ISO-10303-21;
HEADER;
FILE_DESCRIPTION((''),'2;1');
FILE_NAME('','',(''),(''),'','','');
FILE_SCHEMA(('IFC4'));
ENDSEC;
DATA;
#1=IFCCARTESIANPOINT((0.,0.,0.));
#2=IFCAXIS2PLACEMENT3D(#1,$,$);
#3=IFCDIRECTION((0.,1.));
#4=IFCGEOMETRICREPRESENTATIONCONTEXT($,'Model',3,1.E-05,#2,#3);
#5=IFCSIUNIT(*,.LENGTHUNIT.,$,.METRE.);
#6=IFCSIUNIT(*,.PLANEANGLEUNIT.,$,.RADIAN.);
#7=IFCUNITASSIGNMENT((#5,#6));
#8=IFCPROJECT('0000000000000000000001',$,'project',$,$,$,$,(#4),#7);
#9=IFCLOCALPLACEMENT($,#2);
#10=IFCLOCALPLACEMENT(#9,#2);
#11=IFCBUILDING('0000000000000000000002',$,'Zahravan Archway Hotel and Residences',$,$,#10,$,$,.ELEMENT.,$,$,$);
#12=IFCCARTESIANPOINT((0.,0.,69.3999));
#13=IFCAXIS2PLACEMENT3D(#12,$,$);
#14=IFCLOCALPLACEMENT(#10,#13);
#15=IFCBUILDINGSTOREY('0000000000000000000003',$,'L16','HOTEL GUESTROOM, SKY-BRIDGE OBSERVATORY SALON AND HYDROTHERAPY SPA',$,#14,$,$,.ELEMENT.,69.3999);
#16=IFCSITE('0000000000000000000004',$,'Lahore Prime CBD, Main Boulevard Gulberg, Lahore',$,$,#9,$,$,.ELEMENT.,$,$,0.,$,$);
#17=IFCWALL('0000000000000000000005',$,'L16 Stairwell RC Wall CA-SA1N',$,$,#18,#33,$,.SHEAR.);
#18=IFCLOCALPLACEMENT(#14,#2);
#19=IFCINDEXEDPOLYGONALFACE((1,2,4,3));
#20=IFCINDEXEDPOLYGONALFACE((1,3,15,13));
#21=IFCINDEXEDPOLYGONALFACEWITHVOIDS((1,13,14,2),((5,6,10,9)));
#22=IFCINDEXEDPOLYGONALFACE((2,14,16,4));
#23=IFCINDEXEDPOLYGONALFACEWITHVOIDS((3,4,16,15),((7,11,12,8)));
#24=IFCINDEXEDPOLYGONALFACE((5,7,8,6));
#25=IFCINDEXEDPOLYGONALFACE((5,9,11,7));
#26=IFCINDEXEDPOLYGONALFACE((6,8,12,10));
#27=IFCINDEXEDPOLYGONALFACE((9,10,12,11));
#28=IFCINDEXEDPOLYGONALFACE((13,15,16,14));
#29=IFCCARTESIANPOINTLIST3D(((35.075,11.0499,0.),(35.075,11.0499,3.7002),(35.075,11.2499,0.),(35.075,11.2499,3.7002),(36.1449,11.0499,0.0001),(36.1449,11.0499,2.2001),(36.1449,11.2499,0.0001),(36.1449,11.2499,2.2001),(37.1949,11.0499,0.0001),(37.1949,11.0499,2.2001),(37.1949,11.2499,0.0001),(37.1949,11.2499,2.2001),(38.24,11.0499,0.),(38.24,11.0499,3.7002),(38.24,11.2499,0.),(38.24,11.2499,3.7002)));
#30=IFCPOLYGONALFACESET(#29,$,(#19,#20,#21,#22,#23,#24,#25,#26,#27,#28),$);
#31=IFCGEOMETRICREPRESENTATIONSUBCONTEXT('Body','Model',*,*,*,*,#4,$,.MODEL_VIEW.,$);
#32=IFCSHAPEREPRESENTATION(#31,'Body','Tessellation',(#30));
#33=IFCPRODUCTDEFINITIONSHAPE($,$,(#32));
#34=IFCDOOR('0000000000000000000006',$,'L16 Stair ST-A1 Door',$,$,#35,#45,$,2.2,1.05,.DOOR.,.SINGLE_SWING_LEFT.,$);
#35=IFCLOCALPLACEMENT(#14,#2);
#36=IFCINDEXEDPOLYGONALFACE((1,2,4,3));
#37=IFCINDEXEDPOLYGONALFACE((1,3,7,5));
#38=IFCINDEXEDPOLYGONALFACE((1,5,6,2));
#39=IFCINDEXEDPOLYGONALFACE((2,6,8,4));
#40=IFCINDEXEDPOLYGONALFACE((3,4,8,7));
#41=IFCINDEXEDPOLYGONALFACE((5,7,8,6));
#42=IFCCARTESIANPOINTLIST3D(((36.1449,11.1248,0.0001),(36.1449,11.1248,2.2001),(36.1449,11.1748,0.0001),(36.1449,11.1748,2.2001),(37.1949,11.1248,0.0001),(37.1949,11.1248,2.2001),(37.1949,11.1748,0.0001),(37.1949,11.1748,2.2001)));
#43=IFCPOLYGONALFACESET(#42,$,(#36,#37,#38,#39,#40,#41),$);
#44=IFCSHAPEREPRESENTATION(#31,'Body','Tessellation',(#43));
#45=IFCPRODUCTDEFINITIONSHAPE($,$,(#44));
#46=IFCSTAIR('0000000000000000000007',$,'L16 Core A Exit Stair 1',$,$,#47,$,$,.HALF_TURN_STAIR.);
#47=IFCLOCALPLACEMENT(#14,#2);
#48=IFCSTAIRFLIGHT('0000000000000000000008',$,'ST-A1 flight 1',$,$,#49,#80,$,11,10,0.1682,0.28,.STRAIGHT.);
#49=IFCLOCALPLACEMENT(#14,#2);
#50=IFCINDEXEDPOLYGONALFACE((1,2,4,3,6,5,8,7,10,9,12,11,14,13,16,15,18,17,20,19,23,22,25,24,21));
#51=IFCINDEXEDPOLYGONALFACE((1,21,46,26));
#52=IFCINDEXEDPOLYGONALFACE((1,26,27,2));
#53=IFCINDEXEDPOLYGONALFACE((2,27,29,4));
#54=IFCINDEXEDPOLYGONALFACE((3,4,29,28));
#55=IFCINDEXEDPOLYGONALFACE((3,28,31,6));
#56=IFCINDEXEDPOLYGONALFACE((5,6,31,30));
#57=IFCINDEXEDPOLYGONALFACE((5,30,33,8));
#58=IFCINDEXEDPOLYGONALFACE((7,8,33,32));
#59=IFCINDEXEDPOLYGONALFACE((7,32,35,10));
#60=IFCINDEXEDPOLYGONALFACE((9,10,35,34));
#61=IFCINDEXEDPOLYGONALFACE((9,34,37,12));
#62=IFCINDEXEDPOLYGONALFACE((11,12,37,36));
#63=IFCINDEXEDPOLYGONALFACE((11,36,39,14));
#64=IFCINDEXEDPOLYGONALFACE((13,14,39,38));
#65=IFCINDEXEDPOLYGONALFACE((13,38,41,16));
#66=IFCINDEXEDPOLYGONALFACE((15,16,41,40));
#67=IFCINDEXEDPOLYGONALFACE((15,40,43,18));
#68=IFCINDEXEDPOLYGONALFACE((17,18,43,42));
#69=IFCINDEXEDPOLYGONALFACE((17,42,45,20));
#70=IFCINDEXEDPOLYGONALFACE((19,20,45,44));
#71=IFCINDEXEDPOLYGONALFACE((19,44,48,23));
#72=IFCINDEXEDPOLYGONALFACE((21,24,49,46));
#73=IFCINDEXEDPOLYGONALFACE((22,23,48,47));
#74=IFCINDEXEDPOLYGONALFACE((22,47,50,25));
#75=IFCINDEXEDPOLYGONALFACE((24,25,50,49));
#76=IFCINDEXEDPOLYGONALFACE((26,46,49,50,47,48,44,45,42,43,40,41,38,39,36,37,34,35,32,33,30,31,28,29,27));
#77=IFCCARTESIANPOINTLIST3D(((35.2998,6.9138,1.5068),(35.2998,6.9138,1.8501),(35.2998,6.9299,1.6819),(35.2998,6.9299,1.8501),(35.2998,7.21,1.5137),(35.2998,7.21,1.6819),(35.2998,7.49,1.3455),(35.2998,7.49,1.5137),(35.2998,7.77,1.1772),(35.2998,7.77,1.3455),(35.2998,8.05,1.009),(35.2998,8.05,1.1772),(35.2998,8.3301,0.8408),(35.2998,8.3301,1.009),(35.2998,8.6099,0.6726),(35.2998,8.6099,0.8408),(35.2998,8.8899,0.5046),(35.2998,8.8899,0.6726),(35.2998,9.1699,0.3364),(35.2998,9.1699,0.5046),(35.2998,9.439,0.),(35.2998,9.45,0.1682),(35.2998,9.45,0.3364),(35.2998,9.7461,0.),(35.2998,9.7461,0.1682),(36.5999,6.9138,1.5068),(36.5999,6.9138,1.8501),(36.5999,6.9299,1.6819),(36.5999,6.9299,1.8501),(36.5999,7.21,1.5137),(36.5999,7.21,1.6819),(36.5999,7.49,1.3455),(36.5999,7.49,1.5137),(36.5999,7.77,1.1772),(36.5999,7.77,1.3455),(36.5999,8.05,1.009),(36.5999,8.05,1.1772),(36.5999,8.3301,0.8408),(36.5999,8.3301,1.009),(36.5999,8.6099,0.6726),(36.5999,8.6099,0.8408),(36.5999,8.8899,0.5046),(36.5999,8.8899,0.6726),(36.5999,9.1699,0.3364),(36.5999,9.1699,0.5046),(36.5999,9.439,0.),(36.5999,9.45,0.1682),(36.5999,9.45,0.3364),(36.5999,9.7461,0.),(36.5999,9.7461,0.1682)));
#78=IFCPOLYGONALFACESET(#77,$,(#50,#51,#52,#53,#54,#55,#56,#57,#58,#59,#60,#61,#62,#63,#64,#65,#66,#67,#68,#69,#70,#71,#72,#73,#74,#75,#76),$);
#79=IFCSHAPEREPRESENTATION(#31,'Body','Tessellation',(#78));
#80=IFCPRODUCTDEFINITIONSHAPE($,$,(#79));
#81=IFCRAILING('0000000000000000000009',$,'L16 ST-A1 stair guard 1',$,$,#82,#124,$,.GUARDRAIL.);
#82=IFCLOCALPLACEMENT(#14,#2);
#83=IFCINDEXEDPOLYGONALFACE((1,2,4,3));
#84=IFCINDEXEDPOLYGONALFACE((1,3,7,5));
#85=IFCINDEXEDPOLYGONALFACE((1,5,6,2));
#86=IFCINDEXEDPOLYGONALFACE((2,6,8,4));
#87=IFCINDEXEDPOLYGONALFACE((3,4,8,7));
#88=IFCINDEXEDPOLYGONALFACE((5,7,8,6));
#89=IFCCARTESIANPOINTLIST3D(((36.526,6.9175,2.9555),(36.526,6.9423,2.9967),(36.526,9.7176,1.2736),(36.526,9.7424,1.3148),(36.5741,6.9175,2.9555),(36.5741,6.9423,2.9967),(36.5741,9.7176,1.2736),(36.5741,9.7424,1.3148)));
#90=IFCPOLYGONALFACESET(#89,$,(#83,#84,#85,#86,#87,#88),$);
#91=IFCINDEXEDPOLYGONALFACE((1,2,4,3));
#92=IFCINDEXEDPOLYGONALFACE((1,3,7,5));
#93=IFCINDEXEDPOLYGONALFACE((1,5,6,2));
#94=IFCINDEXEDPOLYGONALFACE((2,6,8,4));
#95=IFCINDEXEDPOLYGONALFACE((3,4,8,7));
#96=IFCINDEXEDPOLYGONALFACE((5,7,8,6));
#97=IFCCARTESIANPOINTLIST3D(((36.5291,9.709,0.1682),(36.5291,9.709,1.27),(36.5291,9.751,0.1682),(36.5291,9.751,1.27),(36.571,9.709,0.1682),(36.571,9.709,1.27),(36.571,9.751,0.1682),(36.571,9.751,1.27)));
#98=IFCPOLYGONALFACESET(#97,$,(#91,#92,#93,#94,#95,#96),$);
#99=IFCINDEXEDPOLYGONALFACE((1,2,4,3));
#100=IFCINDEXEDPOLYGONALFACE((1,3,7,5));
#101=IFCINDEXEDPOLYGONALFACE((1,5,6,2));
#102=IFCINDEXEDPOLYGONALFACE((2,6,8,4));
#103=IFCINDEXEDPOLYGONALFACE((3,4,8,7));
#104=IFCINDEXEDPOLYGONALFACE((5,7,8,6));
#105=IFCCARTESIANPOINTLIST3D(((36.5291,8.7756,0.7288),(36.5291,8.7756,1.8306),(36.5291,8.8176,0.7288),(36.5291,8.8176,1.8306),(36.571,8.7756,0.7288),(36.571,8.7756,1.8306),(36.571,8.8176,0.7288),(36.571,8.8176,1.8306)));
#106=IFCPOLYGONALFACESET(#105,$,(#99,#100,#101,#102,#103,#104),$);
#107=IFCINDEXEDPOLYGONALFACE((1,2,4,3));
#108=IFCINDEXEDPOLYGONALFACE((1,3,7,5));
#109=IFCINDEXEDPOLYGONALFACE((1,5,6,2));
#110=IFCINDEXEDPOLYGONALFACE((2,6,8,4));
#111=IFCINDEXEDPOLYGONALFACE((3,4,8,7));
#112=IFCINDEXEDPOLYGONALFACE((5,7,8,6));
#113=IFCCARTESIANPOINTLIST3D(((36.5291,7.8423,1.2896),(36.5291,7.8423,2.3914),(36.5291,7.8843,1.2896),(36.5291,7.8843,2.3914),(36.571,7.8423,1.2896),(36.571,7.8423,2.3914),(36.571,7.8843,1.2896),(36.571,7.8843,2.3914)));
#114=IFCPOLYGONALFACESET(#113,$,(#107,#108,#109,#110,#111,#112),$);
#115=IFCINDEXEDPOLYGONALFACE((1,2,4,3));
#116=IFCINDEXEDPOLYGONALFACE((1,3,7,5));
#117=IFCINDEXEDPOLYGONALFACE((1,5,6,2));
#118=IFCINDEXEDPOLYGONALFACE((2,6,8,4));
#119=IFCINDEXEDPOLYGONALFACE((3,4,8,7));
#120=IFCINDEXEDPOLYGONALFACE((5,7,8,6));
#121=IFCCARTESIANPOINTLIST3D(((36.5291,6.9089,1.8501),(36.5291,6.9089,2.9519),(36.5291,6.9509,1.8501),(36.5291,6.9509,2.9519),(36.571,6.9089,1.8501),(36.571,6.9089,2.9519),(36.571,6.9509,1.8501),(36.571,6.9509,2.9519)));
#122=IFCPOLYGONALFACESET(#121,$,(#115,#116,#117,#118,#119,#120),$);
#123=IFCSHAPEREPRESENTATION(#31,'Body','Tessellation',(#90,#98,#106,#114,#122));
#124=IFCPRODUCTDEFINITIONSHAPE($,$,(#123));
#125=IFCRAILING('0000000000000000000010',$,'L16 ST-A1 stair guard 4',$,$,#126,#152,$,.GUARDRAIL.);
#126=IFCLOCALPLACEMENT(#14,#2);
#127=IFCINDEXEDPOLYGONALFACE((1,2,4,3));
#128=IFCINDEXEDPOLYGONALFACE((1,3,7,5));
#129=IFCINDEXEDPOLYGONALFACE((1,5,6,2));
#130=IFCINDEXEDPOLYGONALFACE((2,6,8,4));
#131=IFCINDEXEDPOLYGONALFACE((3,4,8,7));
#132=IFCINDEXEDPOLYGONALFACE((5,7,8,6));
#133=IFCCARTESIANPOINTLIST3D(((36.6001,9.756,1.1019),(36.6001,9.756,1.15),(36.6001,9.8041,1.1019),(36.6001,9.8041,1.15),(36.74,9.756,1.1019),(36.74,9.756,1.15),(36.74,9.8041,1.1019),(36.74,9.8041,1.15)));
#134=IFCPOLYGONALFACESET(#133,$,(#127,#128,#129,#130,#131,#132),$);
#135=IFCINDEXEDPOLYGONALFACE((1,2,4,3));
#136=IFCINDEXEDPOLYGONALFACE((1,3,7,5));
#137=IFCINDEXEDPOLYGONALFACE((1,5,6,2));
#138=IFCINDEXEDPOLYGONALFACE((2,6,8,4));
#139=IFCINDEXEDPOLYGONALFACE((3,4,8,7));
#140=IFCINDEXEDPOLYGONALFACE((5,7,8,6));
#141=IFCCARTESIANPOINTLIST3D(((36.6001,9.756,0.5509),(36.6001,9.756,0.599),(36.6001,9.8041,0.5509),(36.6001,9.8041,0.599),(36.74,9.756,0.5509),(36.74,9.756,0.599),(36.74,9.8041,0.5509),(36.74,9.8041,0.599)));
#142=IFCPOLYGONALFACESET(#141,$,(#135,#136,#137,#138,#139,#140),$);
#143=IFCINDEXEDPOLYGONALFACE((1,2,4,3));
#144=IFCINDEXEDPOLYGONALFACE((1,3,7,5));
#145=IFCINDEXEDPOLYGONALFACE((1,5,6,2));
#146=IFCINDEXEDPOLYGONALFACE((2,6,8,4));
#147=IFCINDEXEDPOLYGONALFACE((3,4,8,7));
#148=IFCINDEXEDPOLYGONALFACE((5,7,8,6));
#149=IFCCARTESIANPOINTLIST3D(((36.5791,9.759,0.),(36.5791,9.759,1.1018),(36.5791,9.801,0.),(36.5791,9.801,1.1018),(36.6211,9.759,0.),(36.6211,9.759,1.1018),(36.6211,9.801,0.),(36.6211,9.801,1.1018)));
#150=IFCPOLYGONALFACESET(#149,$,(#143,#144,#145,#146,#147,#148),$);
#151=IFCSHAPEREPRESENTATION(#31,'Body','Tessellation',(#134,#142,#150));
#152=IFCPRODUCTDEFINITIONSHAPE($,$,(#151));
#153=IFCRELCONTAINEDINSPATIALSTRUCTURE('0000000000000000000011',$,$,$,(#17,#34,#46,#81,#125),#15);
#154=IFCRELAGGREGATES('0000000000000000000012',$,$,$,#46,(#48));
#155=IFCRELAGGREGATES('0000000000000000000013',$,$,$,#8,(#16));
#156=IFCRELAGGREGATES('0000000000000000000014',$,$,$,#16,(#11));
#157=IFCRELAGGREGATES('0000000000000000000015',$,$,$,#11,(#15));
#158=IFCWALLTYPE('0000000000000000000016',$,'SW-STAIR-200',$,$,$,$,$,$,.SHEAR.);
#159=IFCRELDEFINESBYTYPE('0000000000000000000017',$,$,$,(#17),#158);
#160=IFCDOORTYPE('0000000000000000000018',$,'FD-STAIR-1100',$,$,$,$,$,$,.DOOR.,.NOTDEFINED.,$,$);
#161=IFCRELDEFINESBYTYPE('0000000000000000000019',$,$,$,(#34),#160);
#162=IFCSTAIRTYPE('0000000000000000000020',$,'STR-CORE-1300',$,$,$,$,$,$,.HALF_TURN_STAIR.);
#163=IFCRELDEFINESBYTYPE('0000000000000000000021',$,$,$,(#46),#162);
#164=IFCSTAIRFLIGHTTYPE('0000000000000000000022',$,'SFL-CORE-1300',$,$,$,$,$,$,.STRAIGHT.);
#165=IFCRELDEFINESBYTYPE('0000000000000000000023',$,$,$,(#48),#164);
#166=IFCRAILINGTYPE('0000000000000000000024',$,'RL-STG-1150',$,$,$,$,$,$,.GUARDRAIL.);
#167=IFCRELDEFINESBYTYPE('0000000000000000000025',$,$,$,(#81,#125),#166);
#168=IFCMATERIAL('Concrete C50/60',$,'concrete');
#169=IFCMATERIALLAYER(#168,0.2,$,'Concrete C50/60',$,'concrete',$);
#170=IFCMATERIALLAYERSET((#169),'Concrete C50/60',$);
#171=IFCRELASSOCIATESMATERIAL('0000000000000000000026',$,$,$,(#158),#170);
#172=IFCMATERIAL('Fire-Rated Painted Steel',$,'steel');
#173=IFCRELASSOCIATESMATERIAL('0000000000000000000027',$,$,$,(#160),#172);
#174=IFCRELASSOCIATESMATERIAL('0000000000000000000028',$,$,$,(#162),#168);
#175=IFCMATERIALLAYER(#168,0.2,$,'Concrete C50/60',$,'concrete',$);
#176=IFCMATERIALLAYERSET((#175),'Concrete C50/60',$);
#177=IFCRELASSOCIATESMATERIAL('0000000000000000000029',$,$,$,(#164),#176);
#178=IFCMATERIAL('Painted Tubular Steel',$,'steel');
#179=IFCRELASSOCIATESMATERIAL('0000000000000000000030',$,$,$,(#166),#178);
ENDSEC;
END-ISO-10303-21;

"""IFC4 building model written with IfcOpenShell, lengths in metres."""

from ifc_helpers import new_model, si_unit, direction, frame, frame_2d, origin, origin_2d, place, context, subcontext, project, spatial, polyline, rectangle, outline, extrude, source, transform, mapped, material, layer, layer_set, type_object, type_shapes, element, fill, aggregate, save


model = new_model("IFC4")

# Units and contexts
model_context = context("Model", 3, precision=1e-05, world=origin(), true_north=direction((0.0, 1.0)))
body_context = subcontext(model_context, "Body", "Model", "MODEL_VIEW")
ifc_project = project(units=[si_unit("LENGTHUNIT", "METRE"), si_unit("PLANEANGLEUNIT", "RADIAN")], contexts=[model_context])

# Site, building, storey
site_placement = place(None, origin())
site = spatial("IfcSite", under=ifc_project, at=site_placement, Name="Lahore Prime CBD, Main Boulevard Gulberg, Lahore", CompositionType="ELEMENT", RefElevation=0.0)
building_placement = place(site_placement, origin())
building = spatial("IfcBuilding", under=site, at=building_placement, Name="Zahravan Archway Hotel and Residences", CompositionType="ELEMENT")
storey_placement = place(building_placement, frame((0.0, 0.0, 69.3999)))
storey = spatial("IfcBuildingStorey", under=building, at=storey_placement, Name="L16", Description="HOTEL GUESTROOM, SKY-BRIDGE OBSERVATORY SALON AND HYDROTHERAPY SPA", CompositionType="ELEMENT", Elevation=69.3999)

# Shared definitions
ifc_material_1 = material(Name="Fire-Rated Painted Steel", Category="steel")

# Wall, opening, door
ifc_material_2 = material(Name="Concrete C50/60", Category="concrete")
ifc_layer_1 = layer(ifc_material_2, 0.2, Name="Concrete C50/60", Category="concrete")
ifc_layer_set_1 = layer_set([ifc_layer_1], Name="Concrete C50/60")
wall_type_1 = type_object("IfcWallType", Name="SW-STAIR-200", PredefinedType="SHEAR", material=ifc_layer_set_1)
wall_1_placement = place(storey_placement, frame((35.075, 11.1499, 0.0), z_axis=(0.0, 0.0, 1.0), x_axis=(1.0, 0.0, 0.0)))
wall_1 = element("IfcWall", 1, at=wall_1_placement, inside=storey, type_object=wall_type_1, Name="L16 Stairwell RC Wall CA-SA1N", PredefinedType="SHEAR", context=body_context, shape_type="SweptSolid", body=[
    extrude(rectangle(XDim=3.165, YDim=0.2, at=frame_2d((1.5825, 0.0))), origin(), (0.0, 0.0, 1.0), 3.7002),
])
opening_1_placement = place(wall_1_placement, frame((1.0701, 0.0, 0.0)))
opening_1 = element("IfcOpeningElement", 2, at=opening_1_placement, cuts=wall_1, PredefinedType="OPENING", context=body_context, shape_type="SweptSolid", body=[
    extrude(rectangle(XDim=1.05, YDim=2.2, at=frame_2d((0.5249, 1.1001))), frame((0.0, 0.1099, 0.0), z_axis=(0.0, -1.0, 0.0), x_axis=(1.0, 0.0, 0.0)), (0.0, 0.0, 1.0), 0.22),
])
door_type_1 = type_object("IfcDoorType", Name="FD-STAIR-1100", OperationType="NOTDEFINED", PredefinedType="DOOR", material=ifc_material_1)
shared_shape_1 = source(origin(), body_context, "Body", "SweptSolid", [
    extrude(rectangle(XDim=1.05, YDim=2.2, at=frame_2d((0.5249, 1.1001))), frame((0.0, 0.0249, 0.0), z_axis=(0.0, -1.0, 0.0), x_axis=(1.0, 0.0, 0.0)), (0.0, 0.0, 1.0), 0.05),
])
type_shapes(door_type_1, [shared_shape_1])
door_1_placement = place(opening_1_placement, origin())
door_1 = element("IfcDoor", 3, at=door_1_placement, inside=storey, type_object=door_type_1, Name="L16 Stair ST-A1 Door", OperationType="SINGLE_SWING_LEFT", OverallHeight=2.2, OverallWidth=1.05, PredefinedType="DOOR", context=body_context, shape_type="MappedRepresentation", body=[
    mapped(shared_shape_1, transform((0.0, 0.0, 0.0), scale=1.0)),
])
fill(opening_1, door_1)

# Stair, stair flight
stair_type = type_object("IfcStairType", Name="STR-CORE-1300", PredefinedType="HALF_TURN_STAIR", material=ifc_material_2)
stair_placement = place(storey_placement, origin())
stair = element("IfcStair", 4, at=stair_placement, inside=storey, type_object=stair_type, Name="L16 Core A Exit Stair 1", PredefinedType="HALF_TURN_STAIR")
ifc_layer_2 = layer(ifc_material_2, 0.2, Name="Concrete C50/60", Category="concrete")
ifc_layer_set_2 = layer_set([ifc_layer_2], Name="Concrete C50/60")
stair_flight_type = type_object("IfcStairFlightType", Name="SFL-CORE-1300", PredefinedType="STRAIGHT", material=ifc_layer_set_2)
shared_shape_2 = source(origin(), body_context, "Body", "SweptSolid", [
    extrude(outline(polyline([(-0.0161, 0.0), (-0.0161, 0.1682), (0.28, 0.1682), (0.28, 0.3364), (0.5601, 0.3364), (0.5601, 0.5046), (0.8401, 0.5046), (0.8401, 0.6726), (1.1201, 0.6726), (1.1201, 0.8408), (1.3999, 0.8408), (1.3999, 1.009), (1.6799, 1.009), (1.6799, 1.1772), (1.96, 1.1772), (1.96, 1.3455), (2.24, 1.3455), (2.24, 1.5137), (2.52, 1.5137), (2.52, 1.6819), (2.8, 1.6819), (2.8, 1.8501), (2.8162, 1.8501), (2.8162, 1.5068), (0.291, 0.0), (-0.0161, 0.0)])), frame((0.0, 0.6499, 0.0), z_axis=(0.0, -1.0, 0.0), x_axis=(1.0, 0.0, 0.0)), (0.0, 0.0, 1.0), 1.3),
])
stair_flight_placement = place(storey_placement, frame((35.95, 9.73, 0.0), z_axis=(0.0, 0.0, 1.0), x_axis=(0.0, -1.0, 0.0)))
stair_flight = element("IfcStairFlight", 5, at=stair_flight_placement, type_object=stair_flight_type, Name="ST-A1 flight 1", NumberOfRisers=11, NumberOfTreads=10, PredefinedType="STRAIGHT", RiserHeight=0.1682, TreadLength=0.28, context=body_context, shape_type="MappedRepresentation", body=[
    mapped(shared_shape_2, transform((0.0, 0.0, 0.0), scale=1.0)),
])
aggregate(stair, [stair_flight])

# Railings
ifc_material_3 = material(Name="Painted Tubular Steel", Category="steel")
railing_type = type_object("IfcRailingType", Name="RL-STG-1150", PredefinedType="GUARDRAIL", material=ifc_material_3)
railing_1_placement = place(storey_placement, frame((36.55, 9.73, 0.1682)))
element("IfcRailing", 6, at=railing_1_placement, inside=storey, type_object=railing_type, Name="L16 ST-A1 stair guard 1", PredefinedType="GUARDRAIL", context=body_context, shape_type="SweptSolid", body=[
    extrude(rectangle(XDim=0.0481, YDim=0.0481, at=origin_2d()), frame((0.0, 0.0, 1.126), z_axis=(0.0, -0.857242, 0.514913), x_axis=(1.0, 0.0, 0.0)), (0.0, 0.0, 1.0), 3.2664),
    extrude(rectangle(XDim=0.042, YDim=0.042, at=origin_2d()), origin(), (0.0, 0.0, 1.0), 1.1018),
    extrude(rectangle(XDim=0.042, YDim=0.042, at=origin_2d()), frame((0.0, -0.9333, 0.5605)), (0.0, 0.0, 1.0), 1.1018),
    extrude(rectangle(XDim=0.042, YDim=0.042, at=origin_2d()), frame((0.0, -1.8667, 1.1213)), (0.0, 0.0, 1.0), 1.1018),
    extrude(rectangle(XDim=0.042, YDim=0.042, at=origin_2d()), frame((0.0, -2.8, 1.6819)), (0.0, 0.0, 1.0), 1.1018),
])
railing_2_placement = place(storey_placement, frame((36.6001, 9.78, 0.0)))
element("IfcRailing", 7, at=railing_2_placement, inside=storey, type_object=railing_type, Name="L16 ST-A1 stair guard 4", PredefinedType="GUARDRAIL", context=body_context, shape_type="SweptSolid", body=[
    extrude(rectangle(XDim=0.0481, YDim=0.0481, at=origin_2d()), frame((0.0, 0.0, 1.126), z_axis=(1.0, 0.0, 0.0), x_axis=(0.0, 1.0, 0.0)), (0.0, 0.0, 1.0), 0.1399),
    extrude(rectangle(XDim=0.0481, YDim=0.0481, at=origin_2d()), frame((0.0, 0.0, 0.575), z_axis=(1.0, 0.0, 0.0), x_axis=(0.0, 1.0, 0.0)), (0.0, 0.0, 1.0), 0.1399),
    extrude(rectangle(XDim=0.042, YDim=0.042, at=origin_2d()), origin(), (0.0, 0.0, 1.0), 1.1018),
])

save(model, "model.ifc")
